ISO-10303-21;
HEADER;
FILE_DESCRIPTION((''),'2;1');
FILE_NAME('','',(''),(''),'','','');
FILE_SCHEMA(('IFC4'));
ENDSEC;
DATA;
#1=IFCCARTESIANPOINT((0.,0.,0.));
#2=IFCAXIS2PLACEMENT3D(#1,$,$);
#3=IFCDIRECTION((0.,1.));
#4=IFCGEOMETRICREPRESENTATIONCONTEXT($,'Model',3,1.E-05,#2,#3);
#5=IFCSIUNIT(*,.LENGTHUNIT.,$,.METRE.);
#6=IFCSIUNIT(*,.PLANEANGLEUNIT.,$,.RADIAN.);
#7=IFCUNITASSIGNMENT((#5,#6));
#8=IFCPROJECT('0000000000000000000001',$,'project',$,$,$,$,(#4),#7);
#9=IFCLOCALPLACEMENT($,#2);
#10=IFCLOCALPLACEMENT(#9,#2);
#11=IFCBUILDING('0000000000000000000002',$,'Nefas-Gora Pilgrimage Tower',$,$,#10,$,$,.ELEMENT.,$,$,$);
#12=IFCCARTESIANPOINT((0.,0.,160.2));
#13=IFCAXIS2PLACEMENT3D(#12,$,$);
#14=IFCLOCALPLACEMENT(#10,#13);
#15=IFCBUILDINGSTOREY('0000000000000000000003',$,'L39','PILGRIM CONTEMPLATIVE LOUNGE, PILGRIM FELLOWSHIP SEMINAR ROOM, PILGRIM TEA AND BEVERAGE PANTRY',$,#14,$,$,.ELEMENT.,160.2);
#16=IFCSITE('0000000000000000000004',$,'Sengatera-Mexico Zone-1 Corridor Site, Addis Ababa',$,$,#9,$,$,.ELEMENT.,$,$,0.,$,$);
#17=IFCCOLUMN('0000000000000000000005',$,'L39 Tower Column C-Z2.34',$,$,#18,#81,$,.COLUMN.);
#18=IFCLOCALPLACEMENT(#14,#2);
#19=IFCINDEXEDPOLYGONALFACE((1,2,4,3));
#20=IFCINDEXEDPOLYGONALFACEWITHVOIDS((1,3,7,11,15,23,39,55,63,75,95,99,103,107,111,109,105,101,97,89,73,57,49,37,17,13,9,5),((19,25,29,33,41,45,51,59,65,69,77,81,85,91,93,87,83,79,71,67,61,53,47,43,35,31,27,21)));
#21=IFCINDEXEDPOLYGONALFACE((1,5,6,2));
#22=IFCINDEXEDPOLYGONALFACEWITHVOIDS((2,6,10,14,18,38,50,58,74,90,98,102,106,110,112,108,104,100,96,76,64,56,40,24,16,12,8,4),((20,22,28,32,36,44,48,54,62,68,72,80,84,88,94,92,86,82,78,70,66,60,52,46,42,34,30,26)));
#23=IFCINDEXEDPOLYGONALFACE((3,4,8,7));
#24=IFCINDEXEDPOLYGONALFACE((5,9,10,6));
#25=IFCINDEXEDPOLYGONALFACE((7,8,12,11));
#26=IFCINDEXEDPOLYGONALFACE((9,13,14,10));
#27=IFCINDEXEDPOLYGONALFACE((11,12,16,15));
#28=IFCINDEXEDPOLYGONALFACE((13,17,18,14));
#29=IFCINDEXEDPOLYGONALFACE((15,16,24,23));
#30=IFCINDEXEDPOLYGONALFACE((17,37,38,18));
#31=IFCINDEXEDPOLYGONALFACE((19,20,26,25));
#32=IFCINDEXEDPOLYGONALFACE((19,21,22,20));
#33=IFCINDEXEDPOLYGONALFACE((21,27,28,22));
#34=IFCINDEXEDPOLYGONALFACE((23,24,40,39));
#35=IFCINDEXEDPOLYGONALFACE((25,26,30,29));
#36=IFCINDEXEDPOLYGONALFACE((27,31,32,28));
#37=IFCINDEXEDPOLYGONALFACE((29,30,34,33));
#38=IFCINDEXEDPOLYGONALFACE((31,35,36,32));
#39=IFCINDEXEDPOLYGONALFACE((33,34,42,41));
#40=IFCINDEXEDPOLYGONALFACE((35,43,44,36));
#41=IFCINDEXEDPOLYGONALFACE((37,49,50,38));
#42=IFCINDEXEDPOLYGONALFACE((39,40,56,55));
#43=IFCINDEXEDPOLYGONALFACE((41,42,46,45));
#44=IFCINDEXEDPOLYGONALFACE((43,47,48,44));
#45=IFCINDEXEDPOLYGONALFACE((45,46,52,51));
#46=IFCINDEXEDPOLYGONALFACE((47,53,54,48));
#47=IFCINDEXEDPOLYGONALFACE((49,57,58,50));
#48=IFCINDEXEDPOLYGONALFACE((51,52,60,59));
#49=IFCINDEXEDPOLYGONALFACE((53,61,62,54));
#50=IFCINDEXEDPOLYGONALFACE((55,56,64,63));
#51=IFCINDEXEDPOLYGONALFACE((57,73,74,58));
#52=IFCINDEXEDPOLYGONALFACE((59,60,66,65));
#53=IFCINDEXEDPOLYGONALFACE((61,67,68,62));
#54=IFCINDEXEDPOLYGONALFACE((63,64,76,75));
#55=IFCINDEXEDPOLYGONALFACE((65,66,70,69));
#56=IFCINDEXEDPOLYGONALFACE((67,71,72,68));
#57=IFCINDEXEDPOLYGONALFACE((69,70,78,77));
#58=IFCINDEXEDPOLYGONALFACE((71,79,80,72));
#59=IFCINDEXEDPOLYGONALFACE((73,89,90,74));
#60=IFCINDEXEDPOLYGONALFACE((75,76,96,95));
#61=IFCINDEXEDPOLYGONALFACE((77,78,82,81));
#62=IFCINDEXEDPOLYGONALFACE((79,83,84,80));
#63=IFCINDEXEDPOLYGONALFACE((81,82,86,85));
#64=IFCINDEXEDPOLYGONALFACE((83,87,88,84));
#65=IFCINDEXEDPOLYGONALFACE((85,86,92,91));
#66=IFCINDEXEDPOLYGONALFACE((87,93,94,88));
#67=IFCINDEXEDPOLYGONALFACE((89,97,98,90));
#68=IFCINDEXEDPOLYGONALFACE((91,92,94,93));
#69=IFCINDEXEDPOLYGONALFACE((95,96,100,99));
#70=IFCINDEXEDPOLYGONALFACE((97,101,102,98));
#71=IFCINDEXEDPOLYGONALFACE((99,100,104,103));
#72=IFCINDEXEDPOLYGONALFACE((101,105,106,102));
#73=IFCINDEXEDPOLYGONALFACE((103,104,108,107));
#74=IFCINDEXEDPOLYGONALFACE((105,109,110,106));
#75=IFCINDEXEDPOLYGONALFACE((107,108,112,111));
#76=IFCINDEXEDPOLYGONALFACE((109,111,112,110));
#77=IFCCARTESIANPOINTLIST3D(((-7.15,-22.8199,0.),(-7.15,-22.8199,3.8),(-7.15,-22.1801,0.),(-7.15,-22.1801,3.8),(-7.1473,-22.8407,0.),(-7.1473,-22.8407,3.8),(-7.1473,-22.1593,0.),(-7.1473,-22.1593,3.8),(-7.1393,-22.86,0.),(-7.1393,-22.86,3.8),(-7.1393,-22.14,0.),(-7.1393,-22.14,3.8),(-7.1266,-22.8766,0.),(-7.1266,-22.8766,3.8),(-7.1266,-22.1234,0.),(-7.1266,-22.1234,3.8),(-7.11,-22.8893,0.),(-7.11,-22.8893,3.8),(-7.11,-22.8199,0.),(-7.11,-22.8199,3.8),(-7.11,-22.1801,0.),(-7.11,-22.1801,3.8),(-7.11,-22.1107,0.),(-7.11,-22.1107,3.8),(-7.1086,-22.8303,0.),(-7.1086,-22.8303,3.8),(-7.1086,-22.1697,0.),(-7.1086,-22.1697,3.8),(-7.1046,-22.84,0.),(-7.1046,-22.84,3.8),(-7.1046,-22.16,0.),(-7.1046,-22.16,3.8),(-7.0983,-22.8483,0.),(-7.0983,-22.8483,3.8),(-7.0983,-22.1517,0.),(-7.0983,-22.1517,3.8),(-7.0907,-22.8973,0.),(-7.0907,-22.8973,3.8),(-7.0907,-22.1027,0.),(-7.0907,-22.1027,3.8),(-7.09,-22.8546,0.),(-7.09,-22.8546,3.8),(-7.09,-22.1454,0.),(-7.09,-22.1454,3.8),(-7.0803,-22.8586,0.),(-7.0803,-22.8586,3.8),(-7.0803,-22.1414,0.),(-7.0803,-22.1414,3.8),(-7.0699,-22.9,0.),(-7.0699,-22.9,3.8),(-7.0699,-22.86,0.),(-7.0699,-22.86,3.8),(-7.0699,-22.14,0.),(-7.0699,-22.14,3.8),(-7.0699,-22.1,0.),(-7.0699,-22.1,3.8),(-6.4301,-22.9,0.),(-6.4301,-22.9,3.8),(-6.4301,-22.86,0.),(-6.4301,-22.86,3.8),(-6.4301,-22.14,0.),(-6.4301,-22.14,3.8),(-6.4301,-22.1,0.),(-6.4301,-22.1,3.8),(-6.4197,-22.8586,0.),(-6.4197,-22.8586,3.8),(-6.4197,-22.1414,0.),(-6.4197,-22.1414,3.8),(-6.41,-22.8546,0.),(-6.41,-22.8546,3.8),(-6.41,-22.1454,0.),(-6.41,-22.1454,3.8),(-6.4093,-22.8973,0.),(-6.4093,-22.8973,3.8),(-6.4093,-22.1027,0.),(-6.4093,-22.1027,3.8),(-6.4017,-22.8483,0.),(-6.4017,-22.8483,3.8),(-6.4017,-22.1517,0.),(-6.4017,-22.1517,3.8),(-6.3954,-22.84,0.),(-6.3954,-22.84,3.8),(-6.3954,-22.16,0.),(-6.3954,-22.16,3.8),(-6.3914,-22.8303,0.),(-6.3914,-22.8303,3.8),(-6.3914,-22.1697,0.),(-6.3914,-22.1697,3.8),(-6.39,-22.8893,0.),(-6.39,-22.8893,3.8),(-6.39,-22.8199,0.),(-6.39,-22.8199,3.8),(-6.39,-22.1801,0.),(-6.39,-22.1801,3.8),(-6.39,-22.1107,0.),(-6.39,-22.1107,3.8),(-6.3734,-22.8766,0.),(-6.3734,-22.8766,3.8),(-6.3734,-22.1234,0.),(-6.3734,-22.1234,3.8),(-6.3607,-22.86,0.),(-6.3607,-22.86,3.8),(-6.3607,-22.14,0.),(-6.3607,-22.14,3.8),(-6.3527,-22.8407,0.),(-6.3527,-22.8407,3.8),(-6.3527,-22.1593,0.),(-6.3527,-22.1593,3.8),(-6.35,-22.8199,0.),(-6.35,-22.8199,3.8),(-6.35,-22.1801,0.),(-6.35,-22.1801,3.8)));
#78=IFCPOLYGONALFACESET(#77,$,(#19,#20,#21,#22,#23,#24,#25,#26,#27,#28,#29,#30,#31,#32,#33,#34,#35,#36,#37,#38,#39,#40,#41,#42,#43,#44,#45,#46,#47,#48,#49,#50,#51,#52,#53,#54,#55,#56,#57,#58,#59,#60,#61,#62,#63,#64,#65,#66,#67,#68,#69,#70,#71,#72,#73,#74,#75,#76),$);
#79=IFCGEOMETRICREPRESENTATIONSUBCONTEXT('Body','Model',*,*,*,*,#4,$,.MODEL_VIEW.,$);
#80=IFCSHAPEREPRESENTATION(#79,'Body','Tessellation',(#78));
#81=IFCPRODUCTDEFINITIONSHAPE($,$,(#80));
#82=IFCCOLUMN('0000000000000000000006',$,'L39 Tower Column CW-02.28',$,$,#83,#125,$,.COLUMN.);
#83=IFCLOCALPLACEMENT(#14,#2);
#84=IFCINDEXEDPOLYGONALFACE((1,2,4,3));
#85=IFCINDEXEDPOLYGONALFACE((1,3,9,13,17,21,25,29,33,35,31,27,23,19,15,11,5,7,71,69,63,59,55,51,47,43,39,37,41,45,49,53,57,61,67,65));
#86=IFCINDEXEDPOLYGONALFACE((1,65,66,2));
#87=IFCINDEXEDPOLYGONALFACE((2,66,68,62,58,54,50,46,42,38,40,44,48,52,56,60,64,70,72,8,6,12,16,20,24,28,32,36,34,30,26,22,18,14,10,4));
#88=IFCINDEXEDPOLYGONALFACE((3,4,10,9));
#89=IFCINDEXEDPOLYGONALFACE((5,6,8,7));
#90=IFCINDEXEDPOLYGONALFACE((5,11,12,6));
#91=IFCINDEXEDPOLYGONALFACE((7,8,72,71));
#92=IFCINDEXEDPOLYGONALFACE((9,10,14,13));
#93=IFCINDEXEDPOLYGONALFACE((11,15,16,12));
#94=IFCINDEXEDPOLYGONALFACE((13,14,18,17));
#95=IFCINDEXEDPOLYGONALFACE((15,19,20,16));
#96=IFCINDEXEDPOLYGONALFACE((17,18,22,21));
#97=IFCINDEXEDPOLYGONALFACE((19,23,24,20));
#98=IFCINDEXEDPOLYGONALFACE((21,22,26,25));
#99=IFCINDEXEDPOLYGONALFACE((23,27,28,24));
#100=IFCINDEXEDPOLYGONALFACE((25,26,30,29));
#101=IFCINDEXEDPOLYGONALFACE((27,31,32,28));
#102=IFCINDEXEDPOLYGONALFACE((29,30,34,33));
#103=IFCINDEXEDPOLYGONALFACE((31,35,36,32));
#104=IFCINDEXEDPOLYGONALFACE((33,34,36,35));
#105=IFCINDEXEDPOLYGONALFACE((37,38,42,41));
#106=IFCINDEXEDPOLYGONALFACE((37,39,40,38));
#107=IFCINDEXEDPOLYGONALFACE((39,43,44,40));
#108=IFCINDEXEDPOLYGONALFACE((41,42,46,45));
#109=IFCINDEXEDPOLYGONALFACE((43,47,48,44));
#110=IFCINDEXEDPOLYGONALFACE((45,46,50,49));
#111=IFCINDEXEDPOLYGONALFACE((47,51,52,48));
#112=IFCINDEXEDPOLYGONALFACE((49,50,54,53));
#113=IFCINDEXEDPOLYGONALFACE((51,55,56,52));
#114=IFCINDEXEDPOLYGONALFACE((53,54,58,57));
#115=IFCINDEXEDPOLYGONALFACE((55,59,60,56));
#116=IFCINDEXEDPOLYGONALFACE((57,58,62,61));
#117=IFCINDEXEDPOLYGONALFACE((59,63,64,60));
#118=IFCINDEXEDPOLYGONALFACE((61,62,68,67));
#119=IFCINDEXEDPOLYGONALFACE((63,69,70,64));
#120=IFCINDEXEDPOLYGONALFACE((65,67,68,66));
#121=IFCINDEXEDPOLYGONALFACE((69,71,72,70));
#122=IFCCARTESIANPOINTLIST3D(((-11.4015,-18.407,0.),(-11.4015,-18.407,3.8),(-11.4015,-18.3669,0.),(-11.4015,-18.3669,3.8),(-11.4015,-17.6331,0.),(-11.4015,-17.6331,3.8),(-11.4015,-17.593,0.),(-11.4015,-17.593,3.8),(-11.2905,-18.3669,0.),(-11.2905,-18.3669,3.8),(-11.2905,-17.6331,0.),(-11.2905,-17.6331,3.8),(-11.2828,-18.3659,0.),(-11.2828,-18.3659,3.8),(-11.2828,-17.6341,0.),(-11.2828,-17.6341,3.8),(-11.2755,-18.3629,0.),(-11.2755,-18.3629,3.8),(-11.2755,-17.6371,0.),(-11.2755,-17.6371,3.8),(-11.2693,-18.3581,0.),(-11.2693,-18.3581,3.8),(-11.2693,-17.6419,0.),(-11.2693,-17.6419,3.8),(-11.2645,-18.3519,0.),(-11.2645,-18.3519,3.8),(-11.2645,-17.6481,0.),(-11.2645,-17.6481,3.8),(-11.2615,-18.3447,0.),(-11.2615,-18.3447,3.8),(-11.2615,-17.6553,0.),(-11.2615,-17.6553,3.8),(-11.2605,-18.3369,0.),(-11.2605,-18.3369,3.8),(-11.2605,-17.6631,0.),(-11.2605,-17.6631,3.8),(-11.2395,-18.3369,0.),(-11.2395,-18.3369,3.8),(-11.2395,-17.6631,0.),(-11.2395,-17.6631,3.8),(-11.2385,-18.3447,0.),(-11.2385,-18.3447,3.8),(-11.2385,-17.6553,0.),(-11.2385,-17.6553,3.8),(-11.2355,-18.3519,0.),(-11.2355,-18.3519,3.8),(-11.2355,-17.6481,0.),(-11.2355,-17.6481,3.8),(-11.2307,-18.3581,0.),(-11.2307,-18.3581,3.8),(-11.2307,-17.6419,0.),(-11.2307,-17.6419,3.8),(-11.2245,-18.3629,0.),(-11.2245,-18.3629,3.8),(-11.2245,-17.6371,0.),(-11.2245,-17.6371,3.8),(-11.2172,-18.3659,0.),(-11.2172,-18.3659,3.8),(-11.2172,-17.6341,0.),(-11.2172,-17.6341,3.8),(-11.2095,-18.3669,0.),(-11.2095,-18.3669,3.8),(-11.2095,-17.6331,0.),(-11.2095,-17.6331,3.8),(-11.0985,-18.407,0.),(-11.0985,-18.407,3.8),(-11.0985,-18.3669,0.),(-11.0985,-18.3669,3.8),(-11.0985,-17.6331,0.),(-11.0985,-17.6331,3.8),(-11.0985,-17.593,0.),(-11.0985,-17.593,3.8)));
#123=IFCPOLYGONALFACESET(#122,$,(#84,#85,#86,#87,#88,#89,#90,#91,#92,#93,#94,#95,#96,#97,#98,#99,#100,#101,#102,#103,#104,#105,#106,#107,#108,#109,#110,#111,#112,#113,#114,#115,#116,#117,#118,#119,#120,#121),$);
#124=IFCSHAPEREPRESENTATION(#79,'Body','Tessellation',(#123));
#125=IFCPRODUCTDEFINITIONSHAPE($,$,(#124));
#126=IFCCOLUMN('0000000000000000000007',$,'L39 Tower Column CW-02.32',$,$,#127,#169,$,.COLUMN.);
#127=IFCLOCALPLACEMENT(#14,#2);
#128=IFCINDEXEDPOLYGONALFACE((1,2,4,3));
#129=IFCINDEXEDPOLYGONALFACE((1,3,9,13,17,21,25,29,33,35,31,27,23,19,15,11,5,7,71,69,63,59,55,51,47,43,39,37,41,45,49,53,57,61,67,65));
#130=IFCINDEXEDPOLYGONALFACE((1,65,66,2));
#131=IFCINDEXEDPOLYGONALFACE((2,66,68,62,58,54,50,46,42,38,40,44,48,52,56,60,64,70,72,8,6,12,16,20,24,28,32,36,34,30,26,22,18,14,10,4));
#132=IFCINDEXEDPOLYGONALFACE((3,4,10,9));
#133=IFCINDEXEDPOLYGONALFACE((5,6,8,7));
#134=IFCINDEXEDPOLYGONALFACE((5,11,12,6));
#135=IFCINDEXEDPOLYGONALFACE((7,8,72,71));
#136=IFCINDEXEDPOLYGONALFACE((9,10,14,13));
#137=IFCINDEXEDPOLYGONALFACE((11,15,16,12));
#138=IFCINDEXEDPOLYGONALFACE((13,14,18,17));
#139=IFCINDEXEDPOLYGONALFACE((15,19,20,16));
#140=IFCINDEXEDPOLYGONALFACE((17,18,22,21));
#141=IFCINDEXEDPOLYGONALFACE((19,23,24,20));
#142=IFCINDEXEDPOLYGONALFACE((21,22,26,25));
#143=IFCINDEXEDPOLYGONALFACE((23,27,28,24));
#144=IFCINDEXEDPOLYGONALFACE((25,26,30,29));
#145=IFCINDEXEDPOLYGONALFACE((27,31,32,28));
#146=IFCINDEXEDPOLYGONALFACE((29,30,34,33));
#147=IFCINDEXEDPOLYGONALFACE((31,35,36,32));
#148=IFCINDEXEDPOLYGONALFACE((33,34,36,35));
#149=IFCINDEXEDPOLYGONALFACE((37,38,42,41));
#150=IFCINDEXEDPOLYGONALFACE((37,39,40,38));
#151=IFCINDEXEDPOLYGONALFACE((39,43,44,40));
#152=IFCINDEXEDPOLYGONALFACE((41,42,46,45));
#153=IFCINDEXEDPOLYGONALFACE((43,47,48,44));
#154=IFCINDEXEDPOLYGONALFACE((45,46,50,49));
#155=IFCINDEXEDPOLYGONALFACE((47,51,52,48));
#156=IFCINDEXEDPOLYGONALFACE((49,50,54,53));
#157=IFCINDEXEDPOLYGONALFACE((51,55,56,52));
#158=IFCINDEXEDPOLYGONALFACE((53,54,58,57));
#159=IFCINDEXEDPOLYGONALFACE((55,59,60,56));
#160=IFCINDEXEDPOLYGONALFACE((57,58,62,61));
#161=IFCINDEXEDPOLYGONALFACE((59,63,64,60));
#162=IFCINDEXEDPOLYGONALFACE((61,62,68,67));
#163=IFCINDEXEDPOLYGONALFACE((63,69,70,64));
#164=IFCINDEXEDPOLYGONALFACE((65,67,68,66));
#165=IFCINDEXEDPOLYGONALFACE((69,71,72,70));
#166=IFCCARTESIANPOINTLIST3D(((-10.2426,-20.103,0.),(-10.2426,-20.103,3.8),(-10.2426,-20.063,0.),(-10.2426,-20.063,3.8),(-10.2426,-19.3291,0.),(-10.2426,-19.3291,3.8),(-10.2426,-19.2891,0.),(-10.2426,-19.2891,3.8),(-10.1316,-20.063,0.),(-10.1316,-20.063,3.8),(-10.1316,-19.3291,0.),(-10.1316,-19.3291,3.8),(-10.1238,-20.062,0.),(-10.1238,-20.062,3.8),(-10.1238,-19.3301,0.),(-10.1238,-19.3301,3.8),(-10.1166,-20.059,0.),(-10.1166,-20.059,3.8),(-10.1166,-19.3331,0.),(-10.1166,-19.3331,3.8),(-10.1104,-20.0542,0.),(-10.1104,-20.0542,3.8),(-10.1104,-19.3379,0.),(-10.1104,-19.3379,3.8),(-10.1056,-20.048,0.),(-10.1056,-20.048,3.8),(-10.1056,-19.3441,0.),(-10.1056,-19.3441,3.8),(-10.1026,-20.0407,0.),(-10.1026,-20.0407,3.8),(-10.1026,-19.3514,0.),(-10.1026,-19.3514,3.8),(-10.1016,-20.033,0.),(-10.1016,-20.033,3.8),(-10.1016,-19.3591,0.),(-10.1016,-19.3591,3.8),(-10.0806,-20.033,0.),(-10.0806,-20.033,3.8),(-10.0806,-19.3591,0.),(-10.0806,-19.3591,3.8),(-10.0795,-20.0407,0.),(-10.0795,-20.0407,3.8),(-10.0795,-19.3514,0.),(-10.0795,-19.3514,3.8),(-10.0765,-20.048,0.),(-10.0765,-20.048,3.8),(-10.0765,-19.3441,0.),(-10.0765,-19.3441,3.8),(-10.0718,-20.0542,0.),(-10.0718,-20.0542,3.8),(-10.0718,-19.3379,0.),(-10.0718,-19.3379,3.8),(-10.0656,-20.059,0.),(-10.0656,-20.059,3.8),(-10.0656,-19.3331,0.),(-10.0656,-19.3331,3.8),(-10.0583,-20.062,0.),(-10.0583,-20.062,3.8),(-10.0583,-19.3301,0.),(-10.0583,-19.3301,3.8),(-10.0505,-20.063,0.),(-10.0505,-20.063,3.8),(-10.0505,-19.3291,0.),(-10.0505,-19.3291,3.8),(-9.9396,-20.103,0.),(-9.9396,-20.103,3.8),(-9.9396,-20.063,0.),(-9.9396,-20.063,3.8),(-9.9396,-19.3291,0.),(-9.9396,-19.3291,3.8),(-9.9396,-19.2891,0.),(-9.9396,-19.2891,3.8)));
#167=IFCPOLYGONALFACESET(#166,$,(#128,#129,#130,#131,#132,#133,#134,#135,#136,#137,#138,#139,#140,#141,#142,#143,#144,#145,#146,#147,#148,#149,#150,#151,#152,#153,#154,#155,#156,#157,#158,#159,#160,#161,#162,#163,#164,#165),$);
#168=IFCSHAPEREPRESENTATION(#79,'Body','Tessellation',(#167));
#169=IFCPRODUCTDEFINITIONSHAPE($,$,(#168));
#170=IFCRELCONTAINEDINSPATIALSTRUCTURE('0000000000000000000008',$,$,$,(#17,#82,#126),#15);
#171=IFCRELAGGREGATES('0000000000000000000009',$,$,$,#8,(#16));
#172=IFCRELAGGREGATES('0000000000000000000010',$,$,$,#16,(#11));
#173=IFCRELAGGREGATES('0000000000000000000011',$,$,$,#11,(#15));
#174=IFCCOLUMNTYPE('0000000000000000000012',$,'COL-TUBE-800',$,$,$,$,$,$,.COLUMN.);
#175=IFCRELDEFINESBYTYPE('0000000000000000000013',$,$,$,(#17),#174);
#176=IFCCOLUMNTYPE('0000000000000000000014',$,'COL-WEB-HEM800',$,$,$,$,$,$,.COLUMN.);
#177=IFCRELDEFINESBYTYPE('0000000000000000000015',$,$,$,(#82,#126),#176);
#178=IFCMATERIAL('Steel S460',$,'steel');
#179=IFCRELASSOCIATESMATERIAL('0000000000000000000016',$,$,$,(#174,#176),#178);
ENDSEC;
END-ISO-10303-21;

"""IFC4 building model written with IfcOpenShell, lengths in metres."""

from ifc_helpers import new_model, si_unit, direction, frame, origin, origin_2d, place, context, subcontext, project, spatial, hollow_rectangle, i_section, extrude, source, transform, mapped, material, material_profile, profile_set, type_object, element, save


model = new_model("IFC4")

# Units and contexts
model_context = context("Model", 3, precision=1e-05, world=origin(), true_north=direction((0.0, 1.0)))
body_context = subcontext(model_context, "Body", "Model", "MODEL_VIEW")
ifc_project = project(units=[si_unit("LENGTHUNIT", "METRE"), si_unit("PLANEANGLEUNIT", "RADIAN")], contexts=[model_context])

# Site, building, storey
site_placement = place(None, origin())
site = spatial("IfcSite", under=ifc_project, at=site_placement, Name="Sengatera-Mexico Zone-1 Corridor Site, Addis Ababa", CompositionType="ELEMENT", RefElevation=0.0)
building_placement = place(site_placement, origin())
building = spatial("IfcBuilding", under=site, at=building_placement, Name="Nefas-Gora Pilgrimage Tower", CompositionType="ELEMENT")
storey_placement = place(building_placement, frame((0.0, 0.0, 160.2)))
storey = spatial("IfcBuildingStorey", under=building, at=storey_placement, Name="L39", Description="PILGRIM CONTEMPLATIVE LOUNGE, PILGRIM FELLOWSHIP SEMINAR ROOM, PILGRIM TEA AND BEVERAGE PANTRY", CompositionType="ELEMENT", Elevation=160.2)

# Columns
ifc_material_1 = material(Name="Steel S460", Category="steel")
ifc_material_profile_1 = material_profile(ifc_material_1, hollow_rectangle(XDim=0.8, YDim=0.8, WallThickness=0.04, InnerFilletRadius=0.04, OuterFilletRadius=0.0801, at=origin_2d()), Name="BOX 800x800x40")
ifc_profile_set_1 = profile_set([ifc_material_profile_1], Name="Steel S460")
column_type_1 = type_object("IfcColumnType", Name="COL-TUBE-800", PredefinedType="COLUMN", material=ifc_profile_set_1)
shared_shape_1 = source(origin(), body_context, "Body", "SweptSolid", [
    extrude(hollow_rectangle(XDim=0.8, YDim=0.8, WallThickness=0.04, InnerFilletRadius=0.04, OuterFilletRadius=0.0801, at=origin_2d()), origin(), (0.0, 0.0, 1.0), 3.8),
])
column_placement = place(storey_placement, frame((-6.75, -22.5, 0.0), z_axis=(0.0, 0.0, 1.0), x_axis=(1.0, 0.0, 0.0)))
element("IfcColumn", 1, at=column_placement, inside=storey, type_object=column_type_1, Name="L39 Tower Column C-Z2.34", PredefinedType="COLUMN", context=body_context, shape_type="MappedRepresentation", body=[
    mapped(shared_shape_1, transform((0.0, 0.0, 0.0), x_axis=(1.0, 0.0, 0.0), y_axis=(0.0, 1.0, 0.0), z_axis=(0.0, 0.0, 1.0), scale=1.0)),
])
ifc_material_profile_2 = material_profile(ifc_material_1, i_section(OverallWidth=0.303, OverallDepth=0.814, WebThickness=0.021, FlangeThickness=0.04, FilletRadius=0.03, at=origin_2d()), Name="HEM 800")
ifc_profile_set_2 = profile_set([ifc_material_profile_2], Name="Steel S460")
column_type_2 = type_object("IfcColumnType", Name="COL-WEB-HEM800", PredefinedType="COLUMN", material=ifc_profile_set_2)
shared_shape_2 = source(origin(), body_context, "Body", "SweptSolid", [
    extrude(i_section(OverallWidth=0.303, OverallDepth=0.814, WebThickness=0.021, FlangeThickness=0.04, FilletRadius=0.03, at=origin_2d()), origin(), (0.0, 0.0, 1.0), 3.8),
])
for number, where, z_axis, x_axis, name in (
    (2, (-11.25, -18.0, 0.0), (0.0, 0.0, 1.0), (1.0, 0.0, 0.0), "L39 Tower Column CW-02.28"),
    (3, (-10.0911, -19.696, 0.0), (0.0, 0.0, 1.0), (1.0, 0.0, 0.0), "L39 Tower Column CW-02.32"),
):
    element("IfcColumn", number, at=place(storey_placement, frame(where, z_axis=z_axis, x_axis=x_axis)), inside=storey, type_object=column_type_2, Name=name, PredefinedType="COLUMN", context=body_context, shape_type="MappedRepresentation", body=[
        mapped(shared_shape_2, transform((0.0, 0.0, 0.0), x_axis=(1.0, 0.0, 0.0), y_axis=(0.0, 1.0, 0.0), z_axis=(0.0, 0.0, 1.0), scale=1.0)),
    ])

save(model, "model.ifc")
